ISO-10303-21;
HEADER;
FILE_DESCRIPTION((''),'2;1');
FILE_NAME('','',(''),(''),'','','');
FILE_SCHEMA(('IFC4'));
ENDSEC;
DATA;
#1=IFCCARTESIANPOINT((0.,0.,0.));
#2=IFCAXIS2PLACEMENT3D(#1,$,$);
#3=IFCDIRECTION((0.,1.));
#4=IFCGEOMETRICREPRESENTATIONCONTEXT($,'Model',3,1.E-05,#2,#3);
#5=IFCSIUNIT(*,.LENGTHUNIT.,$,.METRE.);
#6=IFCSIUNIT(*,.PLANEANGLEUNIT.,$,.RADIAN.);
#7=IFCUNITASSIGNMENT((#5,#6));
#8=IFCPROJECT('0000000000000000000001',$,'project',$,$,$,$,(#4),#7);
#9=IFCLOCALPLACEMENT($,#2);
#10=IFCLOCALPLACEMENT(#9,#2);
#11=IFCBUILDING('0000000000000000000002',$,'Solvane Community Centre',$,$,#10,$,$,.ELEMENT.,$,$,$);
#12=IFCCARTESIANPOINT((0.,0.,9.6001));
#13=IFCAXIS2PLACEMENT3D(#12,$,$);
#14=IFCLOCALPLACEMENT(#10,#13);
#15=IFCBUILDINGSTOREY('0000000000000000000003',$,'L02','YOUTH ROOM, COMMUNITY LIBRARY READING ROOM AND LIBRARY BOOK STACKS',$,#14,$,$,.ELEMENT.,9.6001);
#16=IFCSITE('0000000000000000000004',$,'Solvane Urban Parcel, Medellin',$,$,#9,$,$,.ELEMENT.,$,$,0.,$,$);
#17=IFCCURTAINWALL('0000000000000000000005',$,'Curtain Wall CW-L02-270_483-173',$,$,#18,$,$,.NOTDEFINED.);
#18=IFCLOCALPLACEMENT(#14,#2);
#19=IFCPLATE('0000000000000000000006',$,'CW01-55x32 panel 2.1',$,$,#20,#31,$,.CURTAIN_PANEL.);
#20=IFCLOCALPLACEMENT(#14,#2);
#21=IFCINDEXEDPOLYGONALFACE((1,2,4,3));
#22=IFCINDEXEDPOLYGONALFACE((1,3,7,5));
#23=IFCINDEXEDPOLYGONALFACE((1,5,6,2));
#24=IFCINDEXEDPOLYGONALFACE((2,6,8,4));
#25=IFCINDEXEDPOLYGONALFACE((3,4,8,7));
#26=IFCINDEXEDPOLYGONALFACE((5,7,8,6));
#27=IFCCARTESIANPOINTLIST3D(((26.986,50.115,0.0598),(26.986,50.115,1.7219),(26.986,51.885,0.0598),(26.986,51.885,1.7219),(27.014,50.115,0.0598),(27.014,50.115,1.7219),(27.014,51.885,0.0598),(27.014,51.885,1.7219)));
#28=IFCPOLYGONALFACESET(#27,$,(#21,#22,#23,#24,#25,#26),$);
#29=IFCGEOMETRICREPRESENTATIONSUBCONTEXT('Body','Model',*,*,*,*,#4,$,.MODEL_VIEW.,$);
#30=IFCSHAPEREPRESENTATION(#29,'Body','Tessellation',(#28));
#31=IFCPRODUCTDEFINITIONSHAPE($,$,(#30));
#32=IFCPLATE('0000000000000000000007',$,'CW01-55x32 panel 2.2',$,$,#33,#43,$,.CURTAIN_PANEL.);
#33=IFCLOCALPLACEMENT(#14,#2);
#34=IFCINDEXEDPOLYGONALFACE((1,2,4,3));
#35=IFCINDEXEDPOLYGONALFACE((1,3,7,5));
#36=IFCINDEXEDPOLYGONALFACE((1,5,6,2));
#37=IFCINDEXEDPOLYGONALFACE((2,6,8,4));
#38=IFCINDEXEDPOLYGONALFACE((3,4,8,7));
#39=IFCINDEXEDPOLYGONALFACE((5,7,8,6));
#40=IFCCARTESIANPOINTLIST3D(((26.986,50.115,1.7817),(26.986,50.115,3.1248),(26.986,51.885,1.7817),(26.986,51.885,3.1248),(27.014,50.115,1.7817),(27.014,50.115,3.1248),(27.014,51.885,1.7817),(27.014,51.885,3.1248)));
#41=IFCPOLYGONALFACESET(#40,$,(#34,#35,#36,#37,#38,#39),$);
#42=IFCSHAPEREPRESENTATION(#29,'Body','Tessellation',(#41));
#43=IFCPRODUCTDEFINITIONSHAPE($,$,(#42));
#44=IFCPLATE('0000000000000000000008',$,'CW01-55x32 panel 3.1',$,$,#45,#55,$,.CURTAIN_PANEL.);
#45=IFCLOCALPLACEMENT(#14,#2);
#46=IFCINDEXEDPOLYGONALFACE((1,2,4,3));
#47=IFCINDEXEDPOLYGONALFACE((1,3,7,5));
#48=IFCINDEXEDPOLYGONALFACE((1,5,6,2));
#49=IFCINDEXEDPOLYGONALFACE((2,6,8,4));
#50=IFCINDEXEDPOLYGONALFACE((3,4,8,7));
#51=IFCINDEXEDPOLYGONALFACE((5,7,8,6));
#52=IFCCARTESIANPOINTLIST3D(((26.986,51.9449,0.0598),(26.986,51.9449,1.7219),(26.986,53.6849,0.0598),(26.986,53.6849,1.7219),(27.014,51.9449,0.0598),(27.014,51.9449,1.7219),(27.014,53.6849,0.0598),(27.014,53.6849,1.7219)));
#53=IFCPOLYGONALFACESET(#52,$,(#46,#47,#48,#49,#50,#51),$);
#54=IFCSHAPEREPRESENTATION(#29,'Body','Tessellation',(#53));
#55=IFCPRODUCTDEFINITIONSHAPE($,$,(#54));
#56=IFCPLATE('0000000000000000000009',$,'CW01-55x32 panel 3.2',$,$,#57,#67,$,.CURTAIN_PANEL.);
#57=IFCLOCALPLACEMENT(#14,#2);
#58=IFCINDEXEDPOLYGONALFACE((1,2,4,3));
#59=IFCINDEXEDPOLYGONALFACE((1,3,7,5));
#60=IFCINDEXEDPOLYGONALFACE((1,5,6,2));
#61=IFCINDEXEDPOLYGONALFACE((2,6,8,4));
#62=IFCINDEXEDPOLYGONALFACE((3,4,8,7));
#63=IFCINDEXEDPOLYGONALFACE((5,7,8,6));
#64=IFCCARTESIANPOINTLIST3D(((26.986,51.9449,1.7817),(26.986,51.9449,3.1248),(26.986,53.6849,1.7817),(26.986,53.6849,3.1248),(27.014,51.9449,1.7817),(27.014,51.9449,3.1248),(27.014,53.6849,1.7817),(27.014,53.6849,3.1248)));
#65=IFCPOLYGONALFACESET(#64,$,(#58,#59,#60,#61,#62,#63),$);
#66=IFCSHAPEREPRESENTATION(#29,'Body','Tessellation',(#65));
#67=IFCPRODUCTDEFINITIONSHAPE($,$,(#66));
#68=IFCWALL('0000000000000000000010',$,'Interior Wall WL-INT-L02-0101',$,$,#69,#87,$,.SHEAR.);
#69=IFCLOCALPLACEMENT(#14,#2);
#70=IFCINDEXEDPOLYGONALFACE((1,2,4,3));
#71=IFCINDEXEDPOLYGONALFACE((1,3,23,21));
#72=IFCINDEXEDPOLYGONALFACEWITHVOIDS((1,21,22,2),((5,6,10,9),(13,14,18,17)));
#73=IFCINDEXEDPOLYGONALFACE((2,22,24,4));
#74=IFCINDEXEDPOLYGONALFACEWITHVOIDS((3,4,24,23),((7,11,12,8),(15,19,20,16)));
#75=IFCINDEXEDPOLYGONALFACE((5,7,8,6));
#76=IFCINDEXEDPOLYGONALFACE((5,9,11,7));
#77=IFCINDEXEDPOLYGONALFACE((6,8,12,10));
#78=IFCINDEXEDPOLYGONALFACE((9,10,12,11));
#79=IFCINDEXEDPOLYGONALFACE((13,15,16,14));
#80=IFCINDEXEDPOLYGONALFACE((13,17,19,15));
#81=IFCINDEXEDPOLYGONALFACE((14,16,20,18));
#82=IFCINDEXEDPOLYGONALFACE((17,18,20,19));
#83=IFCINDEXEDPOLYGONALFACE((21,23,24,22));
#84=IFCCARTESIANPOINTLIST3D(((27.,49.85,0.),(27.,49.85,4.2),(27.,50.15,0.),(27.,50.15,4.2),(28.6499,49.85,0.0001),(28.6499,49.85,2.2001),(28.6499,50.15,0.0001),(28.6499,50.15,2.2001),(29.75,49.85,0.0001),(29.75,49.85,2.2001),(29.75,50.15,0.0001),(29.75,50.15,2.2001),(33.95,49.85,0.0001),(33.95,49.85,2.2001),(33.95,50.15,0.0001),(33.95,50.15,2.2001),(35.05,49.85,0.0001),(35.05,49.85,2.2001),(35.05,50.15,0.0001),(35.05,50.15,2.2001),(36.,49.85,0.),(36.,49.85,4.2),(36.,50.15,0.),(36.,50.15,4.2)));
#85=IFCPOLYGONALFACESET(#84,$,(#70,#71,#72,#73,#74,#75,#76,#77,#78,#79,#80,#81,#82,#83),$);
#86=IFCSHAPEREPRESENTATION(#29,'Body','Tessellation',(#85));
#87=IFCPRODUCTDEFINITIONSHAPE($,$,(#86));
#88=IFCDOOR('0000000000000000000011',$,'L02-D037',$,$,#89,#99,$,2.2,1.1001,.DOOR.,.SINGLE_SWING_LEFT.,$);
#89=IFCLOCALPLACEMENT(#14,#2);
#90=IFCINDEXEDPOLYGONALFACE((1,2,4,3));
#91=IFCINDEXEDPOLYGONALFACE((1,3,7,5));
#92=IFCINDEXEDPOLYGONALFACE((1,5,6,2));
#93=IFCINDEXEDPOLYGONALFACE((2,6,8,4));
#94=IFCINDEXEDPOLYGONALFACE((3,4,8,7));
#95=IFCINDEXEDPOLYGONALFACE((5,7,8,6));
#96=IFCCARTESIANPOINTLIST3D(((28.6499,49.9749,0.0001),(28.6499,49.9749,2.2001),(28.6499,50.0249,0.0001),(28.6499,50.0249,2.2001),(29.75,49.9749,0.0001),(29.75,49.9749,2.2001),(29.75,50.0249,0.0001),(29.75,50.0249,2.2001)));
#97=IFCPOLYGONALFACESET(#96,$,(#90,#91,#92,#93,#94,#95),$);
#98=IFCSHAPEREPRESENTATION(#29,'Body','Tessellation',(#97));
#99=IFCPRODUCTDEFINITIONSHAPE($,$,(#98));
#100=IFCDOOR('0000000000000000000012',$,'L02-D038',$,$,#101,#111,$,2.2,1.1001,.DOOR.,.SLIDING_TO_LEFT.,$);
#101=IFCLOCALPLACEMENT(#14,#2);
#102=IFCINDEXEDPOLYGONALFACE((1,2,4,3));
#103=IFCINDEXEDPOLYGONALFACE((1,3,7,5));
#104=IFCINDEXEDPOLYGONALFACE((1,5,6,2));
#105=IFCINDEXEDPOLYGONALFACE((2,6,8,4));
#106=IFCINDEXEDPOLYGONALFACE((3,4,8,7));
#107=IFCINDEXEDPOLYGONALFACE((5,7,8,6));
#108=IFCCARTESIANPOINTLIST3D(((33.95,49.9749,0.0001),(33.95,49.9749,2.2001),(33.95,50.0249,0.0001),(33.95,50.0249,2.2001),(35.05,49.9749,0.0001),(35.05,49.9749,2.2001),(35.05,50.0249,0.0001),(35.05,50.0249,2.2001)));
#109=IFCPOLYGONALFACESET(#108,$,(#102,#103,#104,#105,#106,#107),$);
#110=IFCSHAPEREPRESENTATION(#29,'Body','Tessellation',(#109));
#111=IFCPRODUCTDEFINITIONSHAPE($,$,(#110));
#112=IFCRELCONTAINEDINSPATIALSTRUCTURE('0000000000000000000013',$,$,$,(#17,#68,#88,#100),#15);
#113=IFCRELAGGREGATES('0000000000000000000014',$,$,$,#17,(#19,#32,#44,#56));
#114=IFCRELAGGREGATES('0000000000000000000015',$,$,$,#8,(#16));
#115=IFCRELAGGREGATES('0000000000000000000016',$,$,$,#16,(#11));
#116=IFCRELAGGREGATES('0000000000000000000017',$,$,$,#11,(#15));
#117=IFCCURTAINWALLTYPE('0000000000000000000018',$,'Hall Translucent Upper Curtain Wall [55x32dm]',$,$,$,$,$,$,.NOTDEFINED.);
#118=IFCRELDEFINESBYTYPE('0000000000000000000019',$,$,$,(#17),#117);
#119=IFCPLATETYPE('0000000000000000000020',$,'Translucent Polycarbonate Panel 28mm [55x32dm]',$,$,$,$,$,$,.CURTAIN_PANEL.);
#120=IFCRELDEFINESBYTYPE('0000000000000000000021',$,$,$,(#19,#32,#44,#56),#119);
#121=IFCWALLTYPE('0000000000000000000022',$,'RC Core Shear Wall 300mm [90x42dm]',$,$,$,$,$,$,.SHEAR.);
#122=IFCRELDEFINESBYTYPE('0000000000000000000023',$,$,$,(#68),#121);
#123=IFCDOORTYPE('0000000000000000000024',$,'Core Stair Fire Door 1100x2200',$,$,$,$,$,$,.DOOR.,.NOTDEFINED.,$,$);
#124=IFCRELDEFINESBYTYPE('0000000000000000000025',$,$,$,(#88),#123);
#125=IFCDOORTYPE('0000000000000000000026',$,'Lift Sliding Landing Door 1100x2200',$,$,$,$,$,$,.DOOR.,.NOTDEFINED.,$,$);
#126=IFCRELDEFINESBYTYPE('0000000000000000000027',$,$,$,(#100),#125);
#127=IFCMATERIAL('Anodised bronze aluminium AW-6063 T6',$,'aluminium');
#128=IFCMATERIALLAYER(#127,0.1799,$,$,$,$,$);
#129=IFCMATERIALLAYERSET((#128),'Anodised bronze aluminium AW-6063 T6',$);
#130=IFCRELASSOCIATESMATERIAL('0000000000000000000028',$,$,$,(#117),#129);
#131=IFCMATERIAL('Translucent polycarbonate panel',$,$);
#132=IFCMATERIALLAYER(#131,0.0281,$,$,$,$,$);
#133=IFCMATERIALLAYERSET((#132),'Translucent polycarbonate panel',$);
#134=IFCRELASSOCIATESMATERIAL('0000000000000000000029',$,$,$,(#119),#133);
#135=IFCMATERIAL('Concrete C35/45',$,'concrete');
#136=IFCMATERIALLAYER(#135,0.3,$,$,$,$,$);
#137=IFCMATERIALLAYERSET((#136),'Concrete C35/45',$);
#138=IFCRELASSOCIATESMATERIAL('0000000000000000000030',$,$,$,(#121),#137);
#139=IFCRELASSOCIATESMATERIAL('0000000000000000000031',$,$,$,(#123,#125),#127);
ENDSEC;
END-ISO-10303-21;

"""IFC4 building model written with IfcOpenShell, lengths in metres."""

from ifc_helpers import new_model, si_unit, direction, frame, frame_2d, origin, origin_2d, place, context, subcontext, project, spatial, rectangle, extrude, material, layer, layer_set, type_object, element, fill, aggregate, save


model = new_model("IFC4")

# Units and contexts
model_context = context("Model", 3, precision=1e-05, world=origin(), true_north=direction((0.0, 1.0)))
body_context = subcontext(model_context, "Body", "Model", "MODEL_VIEW")
ifc_project = project(units=[si_unit("LENGTHUNIT", "METRE"), si_unit("PLANEANGLEUNIT", "RADIAN")], contexts=[model_context])

# Site, building, storey
site_placement = place(None, origin())
site = spatial("IfcSite", under=ifc_project, at=site_placement, Name="Solvane Urban Parcel, Medellin", CompositionType="ELEMENT", RefElevation=0.0)
building_placement = place(site_placement, origin())
building = spatial("IfcBuilding", under=site, at=building_placement, Name="Solvane Community Centre", CompositionType="ELEMENT")
storey_placement = place(building_placement, frame((0.0, 0.0, 9.6001)))
storey = spatial("IfcBuildingStorey", under=building, at=storey_placement, Name="L02", Description="YOUTH ROOM, COMMUNITY LIBRARY READING ROOM AND LIBRARY BOOK STACKS", CompositionType="ELEMENT", Elevation=9.6001)

# Curtain wall
ifc_material_1 = material(Name="Anodised bronze aluminium AW-6063 T6", Category="aluminium")
ifc_layer_1 = layer(ifc_material_1, 0.1799)
ifc_layer_set_1 = layer_set([ifc_layer_1], Name="Anodised bronze aluminium AW-6063 T6")
curtain_wall_type = type_object("IfcCurtainWallType", Name="Hall Translucent Upper Curtain Wall [55x32dm]", PredefinedType="NOTDEFINED", material=ifc_layer_set_1)
curtain_wall_placement = place(storey_placement, origin())
curtain_wall = element("IfcCurtainWall", 1, at=curtain_wall_placement, inside=storey, type_object=curtain_wall_type, Name="Curtain Wall CW-L02-270_483-173", PredefinedType="NOTDEFINED")

# Shared definitions
ifc_material_2 = material(Name="Concrete C35/45", Category="concrete")

# Plates
ifc_material_3 = material(Name="Translucent polycarbonate panel")
ifc_layer_2 = layer(ifc_material_3, 0.0281)
ifc_layer_set_2 = layer_set([ifc_layer_2], Name="Translucent polycarbonate panel")
plate_type = type_object("IfcPlateType", Name="Translucent Polycarbonate Panel 28mm [55x32dm]", PredefinedType="CURTAIN_PANEL", material=ifc_layer_set_2)
plate_1_placement = place(storey_placement, frame((27.0, 51.0, 0.0598), z_axis=(0.0, 0.0, 1.0), x_axis=(0.0, 1.0, 0.0)))
plate_1 = element("IfcPlate", 2, at=plate_1_placement, type_object=plate_type, Name="CW01-55x32 panel 2.1", PredefinedType="CURTAIN_PANEL", context=body_context, shape_type="SweptSolid", body=[
    extrude(rectangle(XDim=1.77, YDim=0.0281, at=origin_2d()), origin(), (0.0, 0.0, 1.0), 1.6621),
])
plate_2_placement = place(storey_placement, frame((27.0, 51.0, 1.7817), z_axis=(0.0, 0.0, 1.0), x_axis=(0.0, 1.0, 0.0)))
plate_2 = element("IfcPlate", 3, at=plate_2_placement, type_object=plate_type, Name="CW01-55x32 panel 2.2", PredefinedType="CURTAIN_PANEL", context=body_context, shape_type="SweptSolid", body=[
    extrude(rectangle(XDim=1.77, YDim=0.0281, at=origin_2d()), origin(), (0.0, 0.0, 1.0), 1.343),
])
plate_3_placement = place(storey_placement, frame((27.0, 52.8149, 0.0598), z_axis=(0.0, 0.0, 1.0), x_axis=(0.0, 1.0, 0.0)))
plate_3 = element("IfcPlate", 4, at=plate_3_placement, type_object=plate_type, Name="CW01-55x32 panel 3.1", PredefinedType="CURTAIN_PANEL", context=body_context, shape_type="SweptSolid", body=[
    extrude(rectangle(XDim=1.74, YDim=0.0281, at=origin_2d()), origin(), (0.0, 0.0, 1.0), 1.6621),
])
plate_4_placement = place(storey_placement, frame((27.0, 52.8149, 1.7817), z_axis=(0.0, 0.0, 1.0), x_axis=(0.0, 1.0, 0.0)))
plate_4 = element("IfcPlate", 5, at=plate_4_placement, type_object=plate_type, Name="CW01-55x32 panel 3.2", PredefinedType="CURTAIN_PANEL", context=body_context, shape_type="SweptSolid", body=[
    extrude(rectangle(XDim=1.74, YDim=0.0281, at=origin_2d()), origin(), (0.0, 0.0, 1.0), 1.343),
])
aggregate(curtain_wall, [plate_1, plate_2, plate_3, plate_4])

# Wall, openings, doors
ifc_layer_3 = layer(ifc_material_2, 0.3)
ifc_layer_set_3 = layer_set([ifc_layer_3], Name="Concrete C35/45")
wall_type = type_object("IfcWallType", Name="RC Core Shear Wall 300mm [90x42dm]", PredefinedType="SHEAR", material=ifc_layer_set_3)
wall_placement = place(storey_placement, frame((27.0, 50.0, 0.0), z_axis=(0.0, 0.0, 1.0), x_axis=(1.0, 0.0, 0.0)))
wall = element("IfcWall", 6, at=wall_placement, inside=storey, type_object=wall_type, Name="Interior Wall WL-INT-L02-0101", PredefinedType="SHEAR", context=body_context, shape_type="SweptSolid", body=[
    extrude(rectangle(XDim=9.0, YDim=0.3, at=frame_2d((4.5, 0.0))), origin(), (0.0, 0.0, 1.0), 4.2),
])
opening_1_placement = place(wall_placement, frame((1.6499, 0.0, 0.0)))
opening_1 = element("IfcOpeningElement", 7, at=opening_1_placement, cuts=wall, PredefinedType="OPENING", context=body_context, shape_type="SweptSolid", body=[
    extrude(rectangle(XDim=1.1001, YDim=2.2, at=frame_2d((0.55, 1.1001))), frame((0.0, 0.1599, 0.0), z_axis=(0.0, -1.0, 0.0), x_axis=(1.0, 0.0, 0.0)), (0.0, 0.0, 1.0), 0.3201),
])
opening_2_placement = place(wall_placement, frame((6.95, 0.0, 0.0)))
opening_2 = element("IfcOpeningElement", 8, at=opening_2_placement, cuts=wall, PredefinedType="OPENING", context=body_context, shape_type="SweptSolid", body=[
    extrude(rectangle(XDim=1.1001, YDim=2.2, at=frame_2d((0.55, 1.1001))), frame((0.0, 0.1599, 0.0), z_axis=(0.0, -1.0, 0.0), x_axis=(1.0, 0.0, 0.0)), (0.0, 0.0, 1.0), 0.3201),
])
door_type_1 = type_object("IfcDoorType", Name="Core Stair Fire Door 1100x2200", OperationType="NOTDEFINED", PredefinedType="DOOR", material=ifc_material_1)
door_1_placement = place(opening_1_placement, origin())
door_1 = element("IfcDoor", 9, at=door_1_placement, inside=storey, type_object=door_type_1, Name="L02-D037", OperationType="SINGLE_SWING_LEFT", OverallHeight=2.2, OverallWidth=1.1001, PredefinedType="DOOR", context=body_context, shape_type="SweptSolid", body=[
    extrude(rectangle(XDim=1.1001, YDim=2.2, at=frame_2d((0.55, 1.1001))), frame((0.0, 0.0249, 0.0), z_axis=(0.0, -1.0, 0.0), x_axis=(1.0, 0.0, 0.0)), (0.0, 0.0, 1.0), 0.05),
])
fill(opening_1, door_1)
door_type_2 = type_object("IfcDoorType", Name="Lift Sliding Landing Door 1100x2200", OperationType="NOTDEFINED", PredefinedType="DOOR", material=ifc_material_1)
door_2_placement = place(opening_2_placement, origin())
door_2 = element("IfcDoor", 10, at=door_2_placement, inside=storey, type_object=door_type_2, Name="L02-D038", OperationType="SLIDING_TO_LEFT", OverallHeight=2.2, OverallWidth=1.1001, PredefinedType="DOOR", context=body_context, shape_type="SweptSolid", body=[
    extrude(rectangle(XDim=1.1001, YDim=2.2, at=frame_2d((0.55, 1.1001))), frame((0.0, 0.0249, 0.0), z_axis=(0.0, -1.0, 0.0), x_axis=(1.0, 0.0, 0.0)), (0.0, 0.0, 1.0), 0.05),
])
fill(opening_2, door_2)

save(model, "model.ifc")
